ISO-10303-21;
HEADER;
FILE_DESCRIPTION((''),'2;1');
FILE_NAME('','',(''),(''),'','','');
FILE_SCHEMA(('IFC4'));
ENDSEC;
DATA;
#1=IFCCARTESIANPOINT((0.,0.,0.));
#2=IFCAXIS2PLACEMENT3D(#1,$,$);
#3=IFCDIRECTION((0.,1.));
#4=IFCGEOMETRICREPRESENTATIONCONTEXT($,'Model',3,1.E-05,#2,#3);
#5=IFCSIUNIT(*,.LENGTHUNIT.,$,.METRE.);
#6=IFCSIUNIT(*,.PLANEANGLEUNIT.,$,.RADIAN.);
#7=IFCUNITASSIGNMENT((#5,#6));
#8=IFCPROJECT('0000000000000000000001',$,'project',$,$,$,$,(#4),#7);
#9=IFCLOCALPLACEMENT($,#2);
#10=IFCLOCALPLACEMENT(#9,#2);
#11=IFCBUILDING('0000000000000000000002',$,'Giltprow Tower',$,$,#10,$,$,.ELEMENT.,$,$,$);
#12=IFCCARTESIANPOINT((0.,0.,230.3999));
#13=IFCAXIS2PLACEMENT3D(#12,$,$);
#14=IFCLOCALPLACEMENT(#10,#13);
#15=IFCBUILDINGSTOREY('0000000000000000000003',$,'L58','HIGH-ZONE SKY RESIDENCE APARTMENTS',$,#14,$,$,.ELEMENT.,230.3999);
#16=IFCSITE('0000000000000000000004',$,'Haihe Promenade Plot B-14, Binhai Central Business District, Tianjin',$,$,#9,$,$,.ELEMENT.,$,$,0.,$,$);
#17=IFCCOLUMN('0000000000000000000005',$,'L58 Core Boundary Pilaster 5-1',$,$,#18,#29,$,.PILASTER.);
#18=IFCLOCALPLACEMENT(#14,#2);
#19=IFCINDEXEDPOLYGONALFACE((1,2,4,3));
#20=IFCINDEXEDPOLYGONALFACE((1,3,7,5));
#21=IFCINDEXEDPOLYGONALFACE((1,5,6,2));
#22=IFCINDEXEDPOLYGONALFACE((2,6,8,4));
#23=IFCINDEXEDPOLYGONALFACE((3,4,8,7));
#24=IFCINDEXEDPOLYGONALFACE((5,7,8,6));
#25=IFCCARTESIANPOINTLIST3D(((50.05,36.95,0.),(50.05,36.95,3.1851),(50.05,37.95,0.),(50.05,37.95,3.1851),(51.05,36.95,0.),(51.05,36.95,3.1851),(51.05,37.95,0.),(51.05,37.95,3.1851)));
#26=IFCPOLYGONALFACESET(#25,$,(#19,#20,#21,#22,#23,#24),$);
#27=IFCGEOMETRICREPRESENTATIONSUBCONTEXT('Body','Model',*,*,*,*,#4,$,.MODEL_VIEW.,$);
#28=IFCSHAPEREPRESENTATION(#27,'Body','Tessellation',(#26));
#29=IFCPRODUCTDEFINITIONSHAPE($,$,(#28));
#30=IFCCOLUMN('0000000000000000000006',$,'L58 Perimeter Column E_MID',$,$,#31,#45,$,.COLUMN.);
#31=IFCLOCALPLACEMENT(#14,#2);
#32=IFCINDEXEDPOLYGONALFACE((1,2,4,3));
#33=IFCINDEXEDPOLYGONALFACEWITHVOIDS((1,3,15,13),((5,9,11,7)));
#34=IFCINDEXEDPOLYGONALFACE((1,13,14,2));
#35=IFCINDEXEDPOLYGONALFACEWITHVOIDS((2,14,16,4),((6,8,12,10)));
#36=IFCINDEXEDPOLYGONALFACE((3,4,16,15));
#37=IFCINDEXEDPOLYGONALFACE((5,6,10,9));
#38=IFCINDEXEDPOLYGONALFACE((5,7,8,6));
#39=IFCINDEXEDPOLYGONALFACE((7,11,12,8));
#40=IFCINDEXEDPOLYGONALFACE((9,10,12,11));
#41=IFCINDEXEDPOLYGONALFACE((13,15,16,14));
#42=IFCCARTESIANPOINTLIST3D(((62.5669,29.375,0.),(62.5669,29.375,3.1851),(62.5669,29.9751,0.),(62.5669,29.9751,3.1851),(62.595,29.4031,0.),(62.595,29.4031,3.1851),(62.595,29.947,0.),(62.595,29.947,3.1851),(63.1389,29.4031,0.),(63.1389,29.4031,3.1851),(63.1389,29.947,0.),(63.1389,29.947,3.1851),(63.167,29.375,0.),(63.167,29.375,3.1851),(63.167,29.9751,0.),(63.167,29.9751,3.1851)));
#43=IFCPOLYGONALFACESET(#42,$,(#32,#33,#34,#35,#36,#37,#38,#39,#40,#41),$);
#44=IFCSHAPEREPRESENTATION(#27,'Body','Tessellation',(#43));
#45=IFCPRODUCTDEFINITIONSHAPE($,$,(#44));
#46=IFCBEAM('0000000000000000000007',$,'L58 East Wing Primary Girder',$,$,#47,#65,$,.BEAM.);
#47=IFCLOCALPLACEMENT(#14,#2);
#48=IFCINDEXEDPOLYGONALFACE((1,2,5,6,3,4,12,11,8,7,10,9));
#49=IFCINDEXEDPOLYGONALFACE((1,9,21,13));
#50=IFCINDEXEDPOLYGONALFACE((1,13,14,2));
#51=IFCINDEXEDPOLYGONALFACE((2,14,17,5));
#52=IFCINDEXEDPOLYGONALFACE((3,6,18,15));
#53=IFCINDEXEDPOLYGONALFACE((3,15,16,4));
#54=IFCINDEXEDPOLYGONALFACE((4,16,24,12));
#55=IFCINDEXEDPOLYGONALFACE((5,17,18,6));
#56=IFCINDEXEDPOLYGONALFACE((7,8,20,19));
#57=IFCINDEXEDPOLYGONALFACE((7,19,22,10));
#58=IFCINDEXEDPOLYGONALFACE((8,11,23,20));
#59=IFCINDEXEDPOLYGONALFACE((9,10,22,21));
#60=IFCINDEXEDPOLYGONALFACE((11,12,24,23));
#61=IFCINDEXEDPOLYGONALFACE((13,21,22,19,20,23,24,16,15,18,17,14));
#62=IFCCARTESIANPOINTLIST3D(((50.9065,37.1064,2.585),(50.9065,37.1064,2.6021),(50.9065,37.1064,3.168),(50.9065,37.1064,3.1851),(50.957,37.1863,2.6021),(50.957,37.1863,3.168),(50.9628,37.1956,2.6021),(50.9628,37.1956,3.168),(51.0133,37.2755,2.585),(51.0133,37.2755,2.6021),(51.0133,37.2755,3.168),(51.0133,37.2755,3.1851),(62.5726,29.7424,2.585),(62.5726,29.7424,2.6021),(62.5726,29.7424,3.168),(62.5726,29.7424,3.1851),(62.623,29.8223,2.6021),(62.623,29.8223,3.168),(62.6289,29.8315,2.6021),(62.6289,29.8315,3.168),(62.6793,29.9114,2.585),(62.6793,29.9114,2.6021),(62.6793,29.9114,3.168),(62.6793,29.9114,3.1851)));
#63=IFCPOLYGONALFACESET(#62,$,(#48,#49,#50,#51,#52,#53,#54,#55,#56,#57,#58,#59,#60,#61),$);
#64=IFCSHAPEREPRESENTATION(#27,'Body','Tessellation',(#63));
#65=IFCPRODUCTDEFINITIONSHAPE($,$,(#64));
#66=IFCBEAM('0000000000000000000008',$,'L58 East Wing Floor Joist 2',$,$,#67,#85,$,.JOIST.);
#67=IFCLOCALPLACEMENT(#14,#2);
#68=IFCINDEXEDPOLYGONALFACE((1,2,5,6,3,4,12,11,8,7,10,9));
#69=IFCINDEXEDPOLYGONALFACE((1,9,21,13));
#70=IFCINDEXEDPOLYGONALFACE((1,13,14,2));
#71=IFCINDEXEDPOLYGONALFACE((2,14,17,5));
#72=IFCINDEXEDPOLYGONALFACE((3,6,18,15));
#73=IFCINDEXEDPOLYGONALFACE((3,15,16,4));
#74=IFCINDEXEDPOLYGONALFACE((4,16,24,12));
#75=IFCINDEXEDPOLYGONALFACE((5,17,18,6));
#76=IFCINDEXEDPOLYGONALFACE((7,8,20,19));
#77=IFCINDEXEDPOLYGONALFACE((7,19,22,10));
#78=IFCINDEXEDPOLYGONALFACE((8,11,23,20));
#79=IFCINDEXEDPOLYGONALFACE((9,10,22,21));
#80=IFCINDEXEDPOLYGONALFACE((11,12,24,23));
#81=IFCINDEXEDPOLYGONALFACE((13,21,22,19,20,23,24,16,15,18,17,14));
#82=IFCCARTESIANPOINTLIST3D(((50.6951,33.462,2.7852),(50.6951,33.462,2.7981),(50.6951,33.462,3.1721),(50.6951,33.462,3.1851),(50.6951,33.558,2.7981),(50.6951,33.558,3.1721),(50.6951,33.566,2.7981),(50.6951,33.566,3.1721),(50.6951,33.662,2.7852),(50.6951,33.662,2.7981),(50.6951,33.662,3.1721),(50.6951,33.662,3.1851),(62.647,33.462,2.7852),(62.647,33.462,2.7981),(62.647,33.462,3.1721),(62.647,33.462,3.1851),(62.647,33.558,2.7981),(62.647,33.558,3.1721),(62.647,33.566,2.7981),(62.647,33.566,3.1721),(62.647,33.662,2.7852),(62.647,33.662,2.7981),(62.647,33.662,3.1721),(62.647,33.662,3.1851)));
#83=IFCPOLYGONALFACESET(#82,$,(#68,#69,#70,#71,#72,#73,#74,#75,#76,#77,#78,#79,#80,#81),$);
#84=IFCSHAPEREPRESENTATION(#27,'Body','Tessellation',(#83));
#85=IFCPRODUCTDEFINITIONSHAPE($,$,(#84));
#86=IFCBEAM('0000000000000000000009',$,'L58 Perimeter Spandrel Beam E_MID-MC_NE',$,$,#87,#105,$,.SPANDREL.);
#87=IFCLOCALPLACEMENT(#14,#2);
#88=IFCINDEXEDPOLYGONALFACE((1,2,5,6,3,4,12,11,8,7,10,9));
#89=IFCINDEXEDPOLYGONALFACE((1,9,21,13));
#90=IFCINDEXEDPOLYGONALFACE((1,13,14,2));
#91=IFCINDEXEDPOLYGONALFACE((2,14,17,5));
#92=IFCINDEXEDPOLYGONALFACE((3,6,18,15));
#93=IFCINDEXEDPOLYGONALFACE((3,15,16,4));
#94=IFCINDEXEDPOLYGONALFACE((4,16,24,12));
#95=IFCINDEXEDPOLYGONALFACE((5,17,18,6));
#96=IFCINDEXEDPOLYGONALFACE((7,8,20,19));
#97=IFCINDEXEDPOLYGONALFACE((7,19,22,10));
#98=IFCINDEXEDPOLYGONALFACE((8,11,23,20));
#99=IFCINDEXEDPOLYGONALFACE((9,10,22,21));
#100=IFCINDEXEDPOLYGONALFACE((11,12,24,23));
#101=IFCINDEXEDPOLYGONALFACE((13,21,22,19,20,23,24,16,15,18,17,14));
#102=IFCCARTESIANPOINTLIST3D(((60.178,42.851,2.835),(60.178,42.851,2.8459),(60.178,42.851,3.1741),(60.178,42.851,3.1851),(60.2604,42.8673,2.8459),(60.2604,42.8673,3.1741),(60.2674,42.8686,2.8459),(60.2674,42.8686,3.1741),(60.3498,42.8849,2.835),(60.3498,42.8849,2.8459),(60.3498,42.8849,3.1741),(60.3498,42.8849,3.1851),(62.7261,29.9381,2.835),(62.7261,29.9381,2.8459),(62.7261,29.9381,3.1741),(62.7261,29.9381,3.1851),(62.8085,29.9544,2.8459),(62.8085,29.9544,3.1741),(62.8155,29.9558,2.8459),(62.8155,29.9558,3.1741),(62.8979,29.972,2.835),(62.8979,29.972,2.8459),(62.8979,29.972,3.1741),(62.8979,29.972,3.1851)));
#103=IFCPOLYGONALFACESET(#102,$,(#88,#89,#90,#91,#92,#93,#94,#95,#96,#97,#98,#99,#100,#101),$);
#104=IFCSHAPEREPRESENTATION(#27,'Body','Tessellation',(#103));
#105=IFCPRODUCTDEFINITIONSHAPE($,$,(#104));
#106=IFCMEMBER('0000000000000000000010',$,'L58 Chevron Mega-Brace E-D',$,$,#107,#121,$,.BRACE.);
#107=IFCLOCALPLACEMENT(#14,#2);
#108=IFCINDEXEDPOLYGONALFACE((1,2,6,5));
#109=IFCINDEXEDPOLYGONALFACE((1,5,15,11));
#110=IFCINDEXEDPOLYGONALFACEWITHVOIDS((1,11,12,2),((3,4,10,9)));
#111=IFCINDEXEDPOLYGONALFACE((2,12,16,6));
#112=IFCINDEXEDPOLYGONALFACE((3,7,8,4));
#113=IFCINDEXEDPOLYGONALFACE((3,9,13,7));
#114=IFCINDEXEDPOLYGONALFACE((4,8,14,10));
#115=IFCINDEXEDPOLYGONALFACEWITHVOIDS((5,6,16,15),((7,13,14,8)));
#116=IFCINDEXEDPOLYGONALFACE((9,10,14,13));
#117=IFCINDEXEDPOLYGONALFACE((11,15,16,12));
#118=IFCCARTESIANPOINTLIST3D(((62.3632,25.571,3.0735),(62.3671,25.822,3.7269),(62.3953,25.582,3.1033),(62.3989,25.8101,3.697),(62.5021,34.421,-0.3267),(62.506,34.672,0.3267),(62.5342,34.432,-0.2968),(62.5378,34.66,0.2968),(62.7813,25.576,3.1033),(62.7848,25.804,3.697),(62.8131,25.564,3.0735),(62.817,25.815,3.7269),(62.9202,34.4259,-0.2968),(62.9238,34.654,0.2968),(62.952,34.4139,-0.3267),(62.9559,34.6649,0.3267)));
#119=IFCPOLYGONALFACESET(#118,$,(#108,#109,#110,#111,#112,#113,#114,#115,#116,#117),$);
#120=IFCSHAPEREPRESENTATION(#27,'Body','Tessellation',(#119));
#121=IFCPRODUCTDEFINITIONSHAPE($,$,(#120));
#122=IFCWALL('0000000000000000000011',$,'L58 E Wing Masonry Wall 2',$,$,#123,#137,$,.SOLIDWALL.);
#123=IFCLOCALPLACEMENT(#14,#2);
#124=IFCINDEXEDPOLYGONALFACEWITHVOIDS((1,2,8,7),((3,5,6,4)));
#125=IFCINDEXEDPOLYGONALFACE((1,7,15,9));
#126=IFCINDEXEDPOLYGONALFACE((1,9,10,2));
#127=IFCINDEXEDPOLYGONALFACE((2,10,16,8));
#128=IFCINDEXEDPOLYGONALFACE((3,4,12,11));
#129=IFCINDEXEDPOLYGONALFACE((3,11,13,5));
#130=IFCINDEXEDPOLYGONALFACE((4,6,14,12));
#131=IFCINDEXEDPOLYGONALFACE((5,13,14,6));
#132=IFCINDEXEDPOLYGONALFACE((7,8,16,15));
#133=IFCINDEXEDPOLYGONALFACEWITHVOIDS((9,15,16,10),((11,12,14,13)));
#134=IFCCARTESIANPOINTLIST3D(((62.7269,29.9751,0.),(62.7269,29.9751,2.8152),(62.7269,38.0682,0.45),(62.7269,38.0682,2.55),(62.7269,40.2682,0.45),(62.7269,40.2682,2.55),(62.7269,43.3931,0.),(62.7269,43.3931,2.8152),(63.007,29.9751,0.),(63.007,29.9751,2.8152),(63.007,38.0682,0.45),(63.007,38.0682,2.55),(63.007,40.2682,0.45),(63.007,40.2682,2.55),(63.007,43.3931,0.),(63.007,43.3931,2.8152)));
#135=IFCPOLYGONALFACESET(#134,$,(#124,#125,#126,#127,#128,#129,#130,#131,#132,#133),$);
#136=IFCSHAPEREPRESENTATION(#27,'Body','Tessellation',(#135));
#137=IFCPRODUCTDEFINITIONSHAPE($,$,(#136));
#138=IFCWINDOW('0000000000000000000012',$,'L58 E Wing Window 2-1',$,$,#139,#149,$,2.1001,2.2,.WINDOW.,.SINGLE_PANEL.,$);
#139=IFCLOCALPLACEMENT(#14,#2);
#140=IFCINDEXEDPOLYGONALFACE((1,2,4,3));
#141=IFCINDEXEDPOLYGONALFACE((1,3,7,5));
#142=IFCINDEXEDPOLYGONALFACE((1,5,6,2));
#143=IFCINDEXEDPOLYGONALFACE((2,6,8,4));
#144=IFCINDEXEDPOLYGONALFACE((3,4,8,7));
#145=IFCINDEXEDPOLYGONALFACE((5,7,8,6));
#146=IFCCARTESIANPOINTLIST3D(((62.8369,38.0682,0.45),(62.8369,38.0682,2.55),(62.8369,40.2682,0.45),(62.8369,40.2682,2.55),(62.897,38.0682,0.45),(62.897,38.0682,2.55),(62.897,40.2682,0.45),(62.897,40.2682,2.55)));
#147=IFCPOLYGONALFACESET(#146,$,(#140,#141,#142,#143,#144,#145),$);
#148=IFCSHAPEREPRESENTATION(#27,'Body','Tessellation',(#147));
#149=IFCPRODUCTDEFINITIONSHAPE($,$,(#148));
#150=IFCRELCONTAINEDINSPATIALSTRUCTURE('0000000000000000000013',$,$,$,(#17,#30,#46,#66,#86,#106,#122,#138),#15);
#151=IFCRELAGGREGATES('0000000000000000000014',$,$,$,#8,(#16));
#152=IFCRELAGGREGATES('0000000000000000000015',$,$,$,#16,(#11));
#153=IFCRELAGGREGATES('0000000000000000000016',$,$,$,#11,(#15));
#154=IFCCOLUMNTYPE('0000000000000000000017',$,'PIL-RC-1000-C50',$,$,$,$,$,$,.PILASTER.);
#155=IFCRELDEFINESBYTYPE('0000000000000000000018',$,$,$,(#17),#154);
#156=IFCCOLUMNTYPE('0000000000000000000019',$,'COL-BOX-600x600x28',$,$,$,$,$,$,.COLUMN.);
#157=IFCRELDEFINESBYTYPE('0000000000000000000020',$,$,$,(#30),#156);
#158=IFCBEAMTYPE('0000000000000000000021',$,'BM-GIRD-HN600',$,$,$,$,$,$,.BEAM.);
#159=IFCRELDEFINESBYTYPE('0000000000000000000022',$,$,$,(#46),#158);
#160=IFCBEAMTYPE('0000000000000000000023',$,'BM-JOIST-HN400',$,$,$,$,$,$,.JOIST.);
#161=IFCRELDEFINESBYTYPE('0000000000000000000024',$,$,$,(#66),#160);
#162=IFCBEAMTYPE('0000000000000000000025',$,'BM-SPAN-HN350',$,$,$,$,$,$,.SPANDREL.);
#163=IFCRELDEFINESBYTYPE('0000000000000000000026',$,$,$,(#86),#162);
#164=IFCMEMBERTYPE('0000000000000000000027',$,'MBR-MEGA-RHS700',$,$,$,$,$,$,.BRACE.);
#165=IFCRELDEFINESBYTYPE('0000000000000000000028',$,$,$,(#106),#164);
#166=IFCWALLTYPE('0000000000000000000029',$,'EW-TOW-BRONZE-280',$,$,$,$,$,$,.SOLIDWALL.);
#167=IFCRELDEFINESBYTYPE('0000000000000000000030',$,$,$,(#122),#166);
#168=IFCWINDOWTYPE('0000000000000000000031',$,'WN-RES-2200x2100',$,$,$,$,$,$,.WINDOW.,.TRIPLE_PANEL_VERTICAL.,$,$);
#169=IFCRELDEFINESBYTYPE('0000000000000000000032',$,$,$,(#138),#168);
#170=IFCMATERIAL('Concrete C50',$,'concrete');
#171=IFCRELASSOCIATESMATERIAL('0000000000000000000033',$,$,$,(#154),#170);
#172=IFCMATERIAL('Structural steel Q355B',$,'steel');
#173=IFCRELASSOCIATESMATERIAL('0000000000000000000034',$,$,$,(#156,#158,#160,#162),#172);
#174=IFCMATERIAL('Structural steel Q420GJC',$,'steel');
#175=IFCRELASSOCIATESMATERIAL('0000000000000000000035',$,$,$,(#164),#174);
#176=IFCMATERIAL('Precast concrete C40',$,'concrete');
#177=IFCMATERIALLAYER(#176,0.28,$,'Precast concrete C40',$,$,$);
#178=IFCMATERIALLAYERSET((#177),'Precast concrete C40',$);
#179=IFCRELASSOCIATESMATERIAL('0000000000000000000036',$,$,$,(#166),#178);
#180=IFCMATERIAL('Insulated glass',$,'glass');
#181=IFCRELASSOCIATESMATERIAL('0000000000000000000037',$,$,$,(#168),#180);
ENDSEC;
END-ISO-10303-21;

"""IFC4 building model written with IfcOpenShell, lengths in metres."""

from ifc_helpers import new_model, si_unit, direction, frame, frame_2d, origin, origin_2d, place, context, subcontext, project, spatial, rectangle, hollow_rectangle, i_section, extrude, source, transform, mapped, material, layer, layer_set, material_profile, profile_set, type_object, element, fill, save


model = new_model("IFC4")

# Units and contexts
model_context = context("Model", 3, precision=1e-05, world=origin(), true_north=direction((0.0, 1.0)))
body_context = subcontext(model_context, "Body", "Model", "MODEL_VIEW")
ifc_project = project(units=[si_unit("LENGTHUNIT", "METRE"), si_unit("PLANEANGLEUNIT", "RADIAN")], contexts=[model_context])

# Site, building, storey
site_placement = place(None, origin())
site = spatial("IfcSite", under=ifc_project, at=site_placement, Name="Haihe Promenade Plot B-14, Binhai Central Business District, Tianjin", CompositionType="ELEMENT", RefElevation=0.0)
building_placement = place(site_placement, origin())
building = spatial("IfcBuilding", under=site, at=building_placement, Name="Giltprow Tower", CompositionType="ELEMENT")
storey_placement = place(building_placement, frame((0.0, 0.0, 230.3999)))
storey = spatial("IfcBuildingStorey", under=building, at=storey_placement, Name="L58", Description="HIGH-ZONE SKY RESIDENCE APARTMENTS", CompositionType="ELEMENT", Elevation=230.3999)

# Columns
ifc_material_1 = material(Name="Concrete C50", Category="concrete")
ifc_material_profile_1 = material_profile(ifc_material_1, rectangle(XDim=1.0, YDim=1.0, at=origin_2d()), Name="RC 1000x1000")
ifc_profile_set_1 = profile_set([ifc_material_profile_1], Name="Concrete C50")
column_type_1 = type_object("IfcColumnType", Name="PIL-RC-1000-C50", PredefinedType="PILASTER", material=ifc_profile_set_1)
shared_shape_1 = source(origin(), body_context, "Body", "SweptSolid", [
    extrude(rectangle(XDim=1.0, YDim=1.0, at=origin_2d()), origin(), (0.0, 0.0, 1.0), 3.1851),
])
column_1_placement = place(storey_placement, frame((50.55, 37.45, 0.0), z_axis=(0.0, 0.0, 1.0), x_axis=(1.0, 0.0, 0.0)))
element("IfcColumn", 1, at=column_1_placement, inside=storey, type_object=column_type_1, Name="L58 Core Boundary Pilaster 5-1", PredefinedType="PILASTER", context=body_context, shape_type="MappedRepresentation", body=[
    mapped(shared_shape_1, transform((0.0, 0.0, 0.0), x_axis=(1.0, 0.0, 0.0), y_axis=(0.0, 1.0, 0.0), z_axis=(0.0, 0.0, 1.0), scale=1.0)),
])
ifc_material_2 = material(Name="Structural steel Q355B", Category="steel")
ifc_material_profile_2 = material_profile(ifc_material_2, hollow_rectangle(XDim=0.6001, YDim=0.6001, WallThickness=0.0281, at=origin_2d()), Name="BOX 600x600x28")
ifc_profile_set_2 = profile_set([ifc_material_profile_2], Name="Structural steel Q355B")
column_type_2 = type_object("IfcColumnType", Name="COL-BOX-600x600x28", PredefinedType="COLUMN", material=ifc_profile_set_2)
shared_shape_2 = source(origin(), body_context, "Body", "SweptSolid", [
    extrude(hollow_rectangle(XDim=0.6001, YDim=0.6001, WallThickness=0.0281, at=origin_2d()), origin(), (0.0, 0.0, 1.0), 3.1851),
])
column_2_placement = place(storey_placement, frame((62.8669, 29.675, 0.0), z_axis=(0.0, 0.0, 1.0), x_axis=(1.0, 0.0, 0.0)))
element("IfcColumn", 2, at=column_2_placement, inside=storey, type_object=column_type_2, Name="L58 Perimeter Column E_MID", PredefinedType="COLUMN", context=body_context, shape_type="MappedRepresentation", body=[
    mapped(shared_shape_2, transform((0.0, 0.0, 0.0), x_axis=(1.0, 0.0, 0.0), y_axis=(0.0, 1.0, 0.0), z_axis=(0.0, 0.0, 1.0), scale=1.0)),
])

# Beams
ifc_material_profile_3 = material_profile(ifc_material_2, i_section(OverallWidth=0.2, OverallDepth=0.6001, WebThickness=0.011, FlangeThickness=0.0171, at=origin_2d()), Name="HN 600x200x11x17")
ifc_profile_set_3 = profile_set([ifc_material_profile_3], Name="Structural steel Q355B")
beam_type_1 = type_object("IfcBeamType", Name="BM-GIRD-HN600", PredefinedType="BEAM", material=ifc_profile_set_3)
shared_shape_3 = source(origin(), body_context, "Body", "SweptSolid", [
    extrude(i_section(OverallWidth=0.2, OverallDepth=0.6001, WebThickness=0.011, FlangeThickness=0.0171, at=origin_2d()), origin(), (0.0, 0.0, 1.0), 13.7959),
])
beam_1_placement = place(storey_placement, frame((62.626, 29.8269, 2.885), z_axis=(-0.84562, 0.533786, 0.0), x_axis=(-0.533786, -0.84562, 0.0)))
element("IfcBeam", 3, at=beam_1_placement, inside=storey, type_object=beam_type_1, Name="L58 East Wing Primary Girder", PredefinedType="BEAM", context=body_context, shape_type="MappedRepresentation", body=[
    mapped(shared_shape_3, transform((0.0, 0.0, 0.0), x_axis=(1.0, 0.0, 0.0), y_axis=(0.0, 1.0, 0.0), z_axis=(0.0, 0.0, 1.0), scale=1.0)),
])
ifc_material_profile_4 = material_profile(ifc_material_2, i_section(OverallWidth=0.2, OverallDepth=0.3999, WebThickness=0.0081, FlangeThickness=0.0129, at=origin_2d()), Name="HN 400x200x8x13")
ifc_profile_set_4 = profile_set([ifc_material_profile_4], Name="Structural steel Q355B")
beam_type_2 = type_object("IfcBeamType", Name="BM-JOIST-HN400", PredefinedType="JOIST", material=ifc_profile_set_4)
shared_shape_4 = source(origin(), body_context, "Body", "SweptSolid", [
    extrude(i_section(OverallWidth=0.2, OverallDepth=0.3999, WebThickness=0.0081, FlangeThickness=0.0129, at=origin_2d()), origin(), (0.0, 0.0, 1.0), 11.9519),
])
beam_2_placement = place(storey_placement, frame((50.6951, 33.562, 2.9851), z_axis=(1.0, 0.0, 0.0), x_axis=(0.0, 1.0, 0.0)))
element("IfcBeam", 4, at=beam_2_placement, inside=storey, type_object=beam_type_2, Name="L58 East Wing Floor Joist 2", PredefinedType="JOIST", context=body_context, shape_type="MappedRepresentation", body=[
    mapped(shared_shape_4, transform((0.0, 0.0, 0.0), x_axis=(1.0, 0.0, 0.0), y_axis=(0.0, 1.0, 0.0), z_axis=(0.0, 0.0, 1.0), scale=1.0)),
])
ifc_material_profile_5 = material_profile(ifc_material_2, i_section(OverallWidth=0.175, OverallDepth=0.3501, WebThickness=0.0071, FlangeThickness=0.011, at=origin_2d()), Name="HN 350x175x7x11")
ifc_profile_set_5 = profile_set([ifc_material_profile_5], Name="Structural steel Q355B")
beam_type_3 = type_object("IfcBeamType", Name="BM-SPAN-HN350", PredefinedType="SPANDREL", material=ifc_profile_set_5)
shared_shape_5 = source(origin(), body_context, "Body", "SweptSolid", [
    extrude(i_section(OverallWidth=0.175, OverallDepth=0.3501, WebThickness=0.0071, FlangeThickness=0.011, at=origin_2d()), origin(), (0.0, 0.0, 1.0), 13.1619),
])
beam_3_placement = place(storey_placement, frame((62.812, 29.9551, 3.01), z_axis=(-0.193597, 0.981081, 0.0), x_axis=(-0.981081, -0.193597, 0.0)))
element("IfcBeam", 5, at=beam_3_placement, inside=storey, type_object=beam_type_3, Name="L58 Perimeter Spandrel Beam E_MID-MC_NE", PredefinedType="SPANDREL", context=body_context, shape_type="MappedRepresentation", body=[
    mapped(shared_shape_5, transform((0.0, 0.0, 0.0), x_axis=(1.0, 0.0, 0.0), y_axis=(0.0, 1.0, 0.0), z_axis=(0.0, 0.0, 1.0), scale=1.0)),
])

# Member
ifc_material_3 = material(Name="Structural steel Q420GJC", Category="steel")
ifc_material_profile_6 = material_profile(ifc_material_3, hollow_rectangle(XDim=0.45, YDim=0.7, WallThickness=0.032, at=origin_2d()), Name="RHS 700x450x32")
ifc_profile_set_6 = profile_set([ifc_material_profile_6], Name="Structural steel Q420GJC")
member_type = type_object("IfcMemberType", Name="MBR-MEGA-RHS700", PredefinedType="BRACE", material=ifc_profile_set_6)
shared_shape_6 = source(origin(), body_context, "Body", "SweptSolid", [
    extrude(hollow_rectangle(XDim=0.45, YDim=0.7, WallThickness=0.032, at=origin_2d()), origin(), (0.0, 0.0, 1.0), 9.4817),
])
member_placement = place(storey_placement, frame((62.729, 34.543, 0.0), z_axis=(-0.014651, -0.933374, 0.358606), x_axis=(0.999877, -0.015695, 0.0)))
element("IfcMember", 6, at=member_placement, inside=storey, type_object=member_type, Name="L58 Chevron Mega-Brace E-D", PredefinedType="BRACE", context=body_context, shape_type="MappedRepresentation", body=[
    mapped(shared_shape_6, transform((0.0, 0.0, 0.0), x_axis=(1.0, 0.0, 0.0), y_axis=(0.0, 1.0, 0.0), z_axis=(0.0, 0.0, 1.0), scale=1.0)),
])

# Wall, opening, window
ifc_material_4 = material(Name="Precast concrete C40", Category="concrete")
ifc_layer_1 = layer(ifc_material_4, 0.28, Name="Precast concrete C40")
ifc_layer_set_1 = layer_set([ifc_layer_1], Name="Precast concrete C40")
wall_type_1 = type_object("IfcWallType", Name="EW-TOW-BRONZE-280", PredefinedType="SOLIDWALL", material=ifc_layer_set_1)
wall_1_placement = place(storey_placement, frame((62.8669, 29.9751, 0.0), z_axis=(0.0, 0.0, 1.0), x_axis=(0.0, 1.0, 0.0)))
wall_1 = element("IfcWall", 7, at=wall_1_placement, inside=storey, type_object=wall_type_1, Name="L58 E Wing Masonry Wall 2", PredefinedType="SOLIDWALL", context=body_context, shape_type="SweptSolid", body=[
    extrude(rectangle(XDim=13.418, YDim=0.28, at=frame_2d((6.709, 0.0))), origin(), (0.0, 0.0, 1.0), 2.8152),
])
opening_1_placement = place(wall_1_placement, frame((8.093, 0.0, 0.45)))
opening_1 = element("IfcOpeningElement", 8, at=opening_1_placement, cuts=wall_1, PredefinedType="OPENING", context=body_context, shape_type="SweptSolid", body=[
    extrude(rectangle(XDim=2.2, YDim=2.1001, at=frame_2d((1.1001, 1.05))), frame((0.0, 0.1499, 0.0), z_axis=(0.0, -1.0, 0.0), x_axis=(1.0, 0.0, 0.0)), (0.0, 0.0, 1.0), 0.3),
])
ifc_material_5 = material(Name="Insulated glass", Category="glass")
window_type = type_object("IfcWindowType", Name="WN-RES-2200x2100", PartitioningType="TRIPLE_PANEL_VERTICAL", PredefinedType="WINDOW", material=ifc_material_5)
shared_shape_7 = source(origin(), body_context, "Body", "SweptSolid", [
    extrude(rectangle(XDim=2.2, YDim=2.1001, at=frame_2d((1.1001, 1.05))), frame((0.0, 0.03, 0.0), z_axis=(0.0, -1.0, 0.0), x_axis=(1.0, 0.0, 0.0)), (0.0, 0.0, 1.0), 0.0601),
])
window_placement = place(opening_1_placement, origin())
window = element("IfcWindow", 9, at=window_placement, inside=storey, type_object=window_type, Name="L58 E Wing Window 2-1", OverallHeight=2.1001, OverallWidth=2.2, PartitioningType="SINGLE_PANEL", PredefinedType="WINDOW", context=body_context, shape_type="MappedRepresentation", body=[
    mapped(shared_shape_7, transform((0.0, 0.0, 0.0), x_axis=(1.0, 0.0, 0.0), y_axis=(0.0, 1.0, 0.0), z_axis=(0.0, 0.0, 1.0), scale=1.0)),
])
fill(opening_1, window)

save(model, "model.ifc")
